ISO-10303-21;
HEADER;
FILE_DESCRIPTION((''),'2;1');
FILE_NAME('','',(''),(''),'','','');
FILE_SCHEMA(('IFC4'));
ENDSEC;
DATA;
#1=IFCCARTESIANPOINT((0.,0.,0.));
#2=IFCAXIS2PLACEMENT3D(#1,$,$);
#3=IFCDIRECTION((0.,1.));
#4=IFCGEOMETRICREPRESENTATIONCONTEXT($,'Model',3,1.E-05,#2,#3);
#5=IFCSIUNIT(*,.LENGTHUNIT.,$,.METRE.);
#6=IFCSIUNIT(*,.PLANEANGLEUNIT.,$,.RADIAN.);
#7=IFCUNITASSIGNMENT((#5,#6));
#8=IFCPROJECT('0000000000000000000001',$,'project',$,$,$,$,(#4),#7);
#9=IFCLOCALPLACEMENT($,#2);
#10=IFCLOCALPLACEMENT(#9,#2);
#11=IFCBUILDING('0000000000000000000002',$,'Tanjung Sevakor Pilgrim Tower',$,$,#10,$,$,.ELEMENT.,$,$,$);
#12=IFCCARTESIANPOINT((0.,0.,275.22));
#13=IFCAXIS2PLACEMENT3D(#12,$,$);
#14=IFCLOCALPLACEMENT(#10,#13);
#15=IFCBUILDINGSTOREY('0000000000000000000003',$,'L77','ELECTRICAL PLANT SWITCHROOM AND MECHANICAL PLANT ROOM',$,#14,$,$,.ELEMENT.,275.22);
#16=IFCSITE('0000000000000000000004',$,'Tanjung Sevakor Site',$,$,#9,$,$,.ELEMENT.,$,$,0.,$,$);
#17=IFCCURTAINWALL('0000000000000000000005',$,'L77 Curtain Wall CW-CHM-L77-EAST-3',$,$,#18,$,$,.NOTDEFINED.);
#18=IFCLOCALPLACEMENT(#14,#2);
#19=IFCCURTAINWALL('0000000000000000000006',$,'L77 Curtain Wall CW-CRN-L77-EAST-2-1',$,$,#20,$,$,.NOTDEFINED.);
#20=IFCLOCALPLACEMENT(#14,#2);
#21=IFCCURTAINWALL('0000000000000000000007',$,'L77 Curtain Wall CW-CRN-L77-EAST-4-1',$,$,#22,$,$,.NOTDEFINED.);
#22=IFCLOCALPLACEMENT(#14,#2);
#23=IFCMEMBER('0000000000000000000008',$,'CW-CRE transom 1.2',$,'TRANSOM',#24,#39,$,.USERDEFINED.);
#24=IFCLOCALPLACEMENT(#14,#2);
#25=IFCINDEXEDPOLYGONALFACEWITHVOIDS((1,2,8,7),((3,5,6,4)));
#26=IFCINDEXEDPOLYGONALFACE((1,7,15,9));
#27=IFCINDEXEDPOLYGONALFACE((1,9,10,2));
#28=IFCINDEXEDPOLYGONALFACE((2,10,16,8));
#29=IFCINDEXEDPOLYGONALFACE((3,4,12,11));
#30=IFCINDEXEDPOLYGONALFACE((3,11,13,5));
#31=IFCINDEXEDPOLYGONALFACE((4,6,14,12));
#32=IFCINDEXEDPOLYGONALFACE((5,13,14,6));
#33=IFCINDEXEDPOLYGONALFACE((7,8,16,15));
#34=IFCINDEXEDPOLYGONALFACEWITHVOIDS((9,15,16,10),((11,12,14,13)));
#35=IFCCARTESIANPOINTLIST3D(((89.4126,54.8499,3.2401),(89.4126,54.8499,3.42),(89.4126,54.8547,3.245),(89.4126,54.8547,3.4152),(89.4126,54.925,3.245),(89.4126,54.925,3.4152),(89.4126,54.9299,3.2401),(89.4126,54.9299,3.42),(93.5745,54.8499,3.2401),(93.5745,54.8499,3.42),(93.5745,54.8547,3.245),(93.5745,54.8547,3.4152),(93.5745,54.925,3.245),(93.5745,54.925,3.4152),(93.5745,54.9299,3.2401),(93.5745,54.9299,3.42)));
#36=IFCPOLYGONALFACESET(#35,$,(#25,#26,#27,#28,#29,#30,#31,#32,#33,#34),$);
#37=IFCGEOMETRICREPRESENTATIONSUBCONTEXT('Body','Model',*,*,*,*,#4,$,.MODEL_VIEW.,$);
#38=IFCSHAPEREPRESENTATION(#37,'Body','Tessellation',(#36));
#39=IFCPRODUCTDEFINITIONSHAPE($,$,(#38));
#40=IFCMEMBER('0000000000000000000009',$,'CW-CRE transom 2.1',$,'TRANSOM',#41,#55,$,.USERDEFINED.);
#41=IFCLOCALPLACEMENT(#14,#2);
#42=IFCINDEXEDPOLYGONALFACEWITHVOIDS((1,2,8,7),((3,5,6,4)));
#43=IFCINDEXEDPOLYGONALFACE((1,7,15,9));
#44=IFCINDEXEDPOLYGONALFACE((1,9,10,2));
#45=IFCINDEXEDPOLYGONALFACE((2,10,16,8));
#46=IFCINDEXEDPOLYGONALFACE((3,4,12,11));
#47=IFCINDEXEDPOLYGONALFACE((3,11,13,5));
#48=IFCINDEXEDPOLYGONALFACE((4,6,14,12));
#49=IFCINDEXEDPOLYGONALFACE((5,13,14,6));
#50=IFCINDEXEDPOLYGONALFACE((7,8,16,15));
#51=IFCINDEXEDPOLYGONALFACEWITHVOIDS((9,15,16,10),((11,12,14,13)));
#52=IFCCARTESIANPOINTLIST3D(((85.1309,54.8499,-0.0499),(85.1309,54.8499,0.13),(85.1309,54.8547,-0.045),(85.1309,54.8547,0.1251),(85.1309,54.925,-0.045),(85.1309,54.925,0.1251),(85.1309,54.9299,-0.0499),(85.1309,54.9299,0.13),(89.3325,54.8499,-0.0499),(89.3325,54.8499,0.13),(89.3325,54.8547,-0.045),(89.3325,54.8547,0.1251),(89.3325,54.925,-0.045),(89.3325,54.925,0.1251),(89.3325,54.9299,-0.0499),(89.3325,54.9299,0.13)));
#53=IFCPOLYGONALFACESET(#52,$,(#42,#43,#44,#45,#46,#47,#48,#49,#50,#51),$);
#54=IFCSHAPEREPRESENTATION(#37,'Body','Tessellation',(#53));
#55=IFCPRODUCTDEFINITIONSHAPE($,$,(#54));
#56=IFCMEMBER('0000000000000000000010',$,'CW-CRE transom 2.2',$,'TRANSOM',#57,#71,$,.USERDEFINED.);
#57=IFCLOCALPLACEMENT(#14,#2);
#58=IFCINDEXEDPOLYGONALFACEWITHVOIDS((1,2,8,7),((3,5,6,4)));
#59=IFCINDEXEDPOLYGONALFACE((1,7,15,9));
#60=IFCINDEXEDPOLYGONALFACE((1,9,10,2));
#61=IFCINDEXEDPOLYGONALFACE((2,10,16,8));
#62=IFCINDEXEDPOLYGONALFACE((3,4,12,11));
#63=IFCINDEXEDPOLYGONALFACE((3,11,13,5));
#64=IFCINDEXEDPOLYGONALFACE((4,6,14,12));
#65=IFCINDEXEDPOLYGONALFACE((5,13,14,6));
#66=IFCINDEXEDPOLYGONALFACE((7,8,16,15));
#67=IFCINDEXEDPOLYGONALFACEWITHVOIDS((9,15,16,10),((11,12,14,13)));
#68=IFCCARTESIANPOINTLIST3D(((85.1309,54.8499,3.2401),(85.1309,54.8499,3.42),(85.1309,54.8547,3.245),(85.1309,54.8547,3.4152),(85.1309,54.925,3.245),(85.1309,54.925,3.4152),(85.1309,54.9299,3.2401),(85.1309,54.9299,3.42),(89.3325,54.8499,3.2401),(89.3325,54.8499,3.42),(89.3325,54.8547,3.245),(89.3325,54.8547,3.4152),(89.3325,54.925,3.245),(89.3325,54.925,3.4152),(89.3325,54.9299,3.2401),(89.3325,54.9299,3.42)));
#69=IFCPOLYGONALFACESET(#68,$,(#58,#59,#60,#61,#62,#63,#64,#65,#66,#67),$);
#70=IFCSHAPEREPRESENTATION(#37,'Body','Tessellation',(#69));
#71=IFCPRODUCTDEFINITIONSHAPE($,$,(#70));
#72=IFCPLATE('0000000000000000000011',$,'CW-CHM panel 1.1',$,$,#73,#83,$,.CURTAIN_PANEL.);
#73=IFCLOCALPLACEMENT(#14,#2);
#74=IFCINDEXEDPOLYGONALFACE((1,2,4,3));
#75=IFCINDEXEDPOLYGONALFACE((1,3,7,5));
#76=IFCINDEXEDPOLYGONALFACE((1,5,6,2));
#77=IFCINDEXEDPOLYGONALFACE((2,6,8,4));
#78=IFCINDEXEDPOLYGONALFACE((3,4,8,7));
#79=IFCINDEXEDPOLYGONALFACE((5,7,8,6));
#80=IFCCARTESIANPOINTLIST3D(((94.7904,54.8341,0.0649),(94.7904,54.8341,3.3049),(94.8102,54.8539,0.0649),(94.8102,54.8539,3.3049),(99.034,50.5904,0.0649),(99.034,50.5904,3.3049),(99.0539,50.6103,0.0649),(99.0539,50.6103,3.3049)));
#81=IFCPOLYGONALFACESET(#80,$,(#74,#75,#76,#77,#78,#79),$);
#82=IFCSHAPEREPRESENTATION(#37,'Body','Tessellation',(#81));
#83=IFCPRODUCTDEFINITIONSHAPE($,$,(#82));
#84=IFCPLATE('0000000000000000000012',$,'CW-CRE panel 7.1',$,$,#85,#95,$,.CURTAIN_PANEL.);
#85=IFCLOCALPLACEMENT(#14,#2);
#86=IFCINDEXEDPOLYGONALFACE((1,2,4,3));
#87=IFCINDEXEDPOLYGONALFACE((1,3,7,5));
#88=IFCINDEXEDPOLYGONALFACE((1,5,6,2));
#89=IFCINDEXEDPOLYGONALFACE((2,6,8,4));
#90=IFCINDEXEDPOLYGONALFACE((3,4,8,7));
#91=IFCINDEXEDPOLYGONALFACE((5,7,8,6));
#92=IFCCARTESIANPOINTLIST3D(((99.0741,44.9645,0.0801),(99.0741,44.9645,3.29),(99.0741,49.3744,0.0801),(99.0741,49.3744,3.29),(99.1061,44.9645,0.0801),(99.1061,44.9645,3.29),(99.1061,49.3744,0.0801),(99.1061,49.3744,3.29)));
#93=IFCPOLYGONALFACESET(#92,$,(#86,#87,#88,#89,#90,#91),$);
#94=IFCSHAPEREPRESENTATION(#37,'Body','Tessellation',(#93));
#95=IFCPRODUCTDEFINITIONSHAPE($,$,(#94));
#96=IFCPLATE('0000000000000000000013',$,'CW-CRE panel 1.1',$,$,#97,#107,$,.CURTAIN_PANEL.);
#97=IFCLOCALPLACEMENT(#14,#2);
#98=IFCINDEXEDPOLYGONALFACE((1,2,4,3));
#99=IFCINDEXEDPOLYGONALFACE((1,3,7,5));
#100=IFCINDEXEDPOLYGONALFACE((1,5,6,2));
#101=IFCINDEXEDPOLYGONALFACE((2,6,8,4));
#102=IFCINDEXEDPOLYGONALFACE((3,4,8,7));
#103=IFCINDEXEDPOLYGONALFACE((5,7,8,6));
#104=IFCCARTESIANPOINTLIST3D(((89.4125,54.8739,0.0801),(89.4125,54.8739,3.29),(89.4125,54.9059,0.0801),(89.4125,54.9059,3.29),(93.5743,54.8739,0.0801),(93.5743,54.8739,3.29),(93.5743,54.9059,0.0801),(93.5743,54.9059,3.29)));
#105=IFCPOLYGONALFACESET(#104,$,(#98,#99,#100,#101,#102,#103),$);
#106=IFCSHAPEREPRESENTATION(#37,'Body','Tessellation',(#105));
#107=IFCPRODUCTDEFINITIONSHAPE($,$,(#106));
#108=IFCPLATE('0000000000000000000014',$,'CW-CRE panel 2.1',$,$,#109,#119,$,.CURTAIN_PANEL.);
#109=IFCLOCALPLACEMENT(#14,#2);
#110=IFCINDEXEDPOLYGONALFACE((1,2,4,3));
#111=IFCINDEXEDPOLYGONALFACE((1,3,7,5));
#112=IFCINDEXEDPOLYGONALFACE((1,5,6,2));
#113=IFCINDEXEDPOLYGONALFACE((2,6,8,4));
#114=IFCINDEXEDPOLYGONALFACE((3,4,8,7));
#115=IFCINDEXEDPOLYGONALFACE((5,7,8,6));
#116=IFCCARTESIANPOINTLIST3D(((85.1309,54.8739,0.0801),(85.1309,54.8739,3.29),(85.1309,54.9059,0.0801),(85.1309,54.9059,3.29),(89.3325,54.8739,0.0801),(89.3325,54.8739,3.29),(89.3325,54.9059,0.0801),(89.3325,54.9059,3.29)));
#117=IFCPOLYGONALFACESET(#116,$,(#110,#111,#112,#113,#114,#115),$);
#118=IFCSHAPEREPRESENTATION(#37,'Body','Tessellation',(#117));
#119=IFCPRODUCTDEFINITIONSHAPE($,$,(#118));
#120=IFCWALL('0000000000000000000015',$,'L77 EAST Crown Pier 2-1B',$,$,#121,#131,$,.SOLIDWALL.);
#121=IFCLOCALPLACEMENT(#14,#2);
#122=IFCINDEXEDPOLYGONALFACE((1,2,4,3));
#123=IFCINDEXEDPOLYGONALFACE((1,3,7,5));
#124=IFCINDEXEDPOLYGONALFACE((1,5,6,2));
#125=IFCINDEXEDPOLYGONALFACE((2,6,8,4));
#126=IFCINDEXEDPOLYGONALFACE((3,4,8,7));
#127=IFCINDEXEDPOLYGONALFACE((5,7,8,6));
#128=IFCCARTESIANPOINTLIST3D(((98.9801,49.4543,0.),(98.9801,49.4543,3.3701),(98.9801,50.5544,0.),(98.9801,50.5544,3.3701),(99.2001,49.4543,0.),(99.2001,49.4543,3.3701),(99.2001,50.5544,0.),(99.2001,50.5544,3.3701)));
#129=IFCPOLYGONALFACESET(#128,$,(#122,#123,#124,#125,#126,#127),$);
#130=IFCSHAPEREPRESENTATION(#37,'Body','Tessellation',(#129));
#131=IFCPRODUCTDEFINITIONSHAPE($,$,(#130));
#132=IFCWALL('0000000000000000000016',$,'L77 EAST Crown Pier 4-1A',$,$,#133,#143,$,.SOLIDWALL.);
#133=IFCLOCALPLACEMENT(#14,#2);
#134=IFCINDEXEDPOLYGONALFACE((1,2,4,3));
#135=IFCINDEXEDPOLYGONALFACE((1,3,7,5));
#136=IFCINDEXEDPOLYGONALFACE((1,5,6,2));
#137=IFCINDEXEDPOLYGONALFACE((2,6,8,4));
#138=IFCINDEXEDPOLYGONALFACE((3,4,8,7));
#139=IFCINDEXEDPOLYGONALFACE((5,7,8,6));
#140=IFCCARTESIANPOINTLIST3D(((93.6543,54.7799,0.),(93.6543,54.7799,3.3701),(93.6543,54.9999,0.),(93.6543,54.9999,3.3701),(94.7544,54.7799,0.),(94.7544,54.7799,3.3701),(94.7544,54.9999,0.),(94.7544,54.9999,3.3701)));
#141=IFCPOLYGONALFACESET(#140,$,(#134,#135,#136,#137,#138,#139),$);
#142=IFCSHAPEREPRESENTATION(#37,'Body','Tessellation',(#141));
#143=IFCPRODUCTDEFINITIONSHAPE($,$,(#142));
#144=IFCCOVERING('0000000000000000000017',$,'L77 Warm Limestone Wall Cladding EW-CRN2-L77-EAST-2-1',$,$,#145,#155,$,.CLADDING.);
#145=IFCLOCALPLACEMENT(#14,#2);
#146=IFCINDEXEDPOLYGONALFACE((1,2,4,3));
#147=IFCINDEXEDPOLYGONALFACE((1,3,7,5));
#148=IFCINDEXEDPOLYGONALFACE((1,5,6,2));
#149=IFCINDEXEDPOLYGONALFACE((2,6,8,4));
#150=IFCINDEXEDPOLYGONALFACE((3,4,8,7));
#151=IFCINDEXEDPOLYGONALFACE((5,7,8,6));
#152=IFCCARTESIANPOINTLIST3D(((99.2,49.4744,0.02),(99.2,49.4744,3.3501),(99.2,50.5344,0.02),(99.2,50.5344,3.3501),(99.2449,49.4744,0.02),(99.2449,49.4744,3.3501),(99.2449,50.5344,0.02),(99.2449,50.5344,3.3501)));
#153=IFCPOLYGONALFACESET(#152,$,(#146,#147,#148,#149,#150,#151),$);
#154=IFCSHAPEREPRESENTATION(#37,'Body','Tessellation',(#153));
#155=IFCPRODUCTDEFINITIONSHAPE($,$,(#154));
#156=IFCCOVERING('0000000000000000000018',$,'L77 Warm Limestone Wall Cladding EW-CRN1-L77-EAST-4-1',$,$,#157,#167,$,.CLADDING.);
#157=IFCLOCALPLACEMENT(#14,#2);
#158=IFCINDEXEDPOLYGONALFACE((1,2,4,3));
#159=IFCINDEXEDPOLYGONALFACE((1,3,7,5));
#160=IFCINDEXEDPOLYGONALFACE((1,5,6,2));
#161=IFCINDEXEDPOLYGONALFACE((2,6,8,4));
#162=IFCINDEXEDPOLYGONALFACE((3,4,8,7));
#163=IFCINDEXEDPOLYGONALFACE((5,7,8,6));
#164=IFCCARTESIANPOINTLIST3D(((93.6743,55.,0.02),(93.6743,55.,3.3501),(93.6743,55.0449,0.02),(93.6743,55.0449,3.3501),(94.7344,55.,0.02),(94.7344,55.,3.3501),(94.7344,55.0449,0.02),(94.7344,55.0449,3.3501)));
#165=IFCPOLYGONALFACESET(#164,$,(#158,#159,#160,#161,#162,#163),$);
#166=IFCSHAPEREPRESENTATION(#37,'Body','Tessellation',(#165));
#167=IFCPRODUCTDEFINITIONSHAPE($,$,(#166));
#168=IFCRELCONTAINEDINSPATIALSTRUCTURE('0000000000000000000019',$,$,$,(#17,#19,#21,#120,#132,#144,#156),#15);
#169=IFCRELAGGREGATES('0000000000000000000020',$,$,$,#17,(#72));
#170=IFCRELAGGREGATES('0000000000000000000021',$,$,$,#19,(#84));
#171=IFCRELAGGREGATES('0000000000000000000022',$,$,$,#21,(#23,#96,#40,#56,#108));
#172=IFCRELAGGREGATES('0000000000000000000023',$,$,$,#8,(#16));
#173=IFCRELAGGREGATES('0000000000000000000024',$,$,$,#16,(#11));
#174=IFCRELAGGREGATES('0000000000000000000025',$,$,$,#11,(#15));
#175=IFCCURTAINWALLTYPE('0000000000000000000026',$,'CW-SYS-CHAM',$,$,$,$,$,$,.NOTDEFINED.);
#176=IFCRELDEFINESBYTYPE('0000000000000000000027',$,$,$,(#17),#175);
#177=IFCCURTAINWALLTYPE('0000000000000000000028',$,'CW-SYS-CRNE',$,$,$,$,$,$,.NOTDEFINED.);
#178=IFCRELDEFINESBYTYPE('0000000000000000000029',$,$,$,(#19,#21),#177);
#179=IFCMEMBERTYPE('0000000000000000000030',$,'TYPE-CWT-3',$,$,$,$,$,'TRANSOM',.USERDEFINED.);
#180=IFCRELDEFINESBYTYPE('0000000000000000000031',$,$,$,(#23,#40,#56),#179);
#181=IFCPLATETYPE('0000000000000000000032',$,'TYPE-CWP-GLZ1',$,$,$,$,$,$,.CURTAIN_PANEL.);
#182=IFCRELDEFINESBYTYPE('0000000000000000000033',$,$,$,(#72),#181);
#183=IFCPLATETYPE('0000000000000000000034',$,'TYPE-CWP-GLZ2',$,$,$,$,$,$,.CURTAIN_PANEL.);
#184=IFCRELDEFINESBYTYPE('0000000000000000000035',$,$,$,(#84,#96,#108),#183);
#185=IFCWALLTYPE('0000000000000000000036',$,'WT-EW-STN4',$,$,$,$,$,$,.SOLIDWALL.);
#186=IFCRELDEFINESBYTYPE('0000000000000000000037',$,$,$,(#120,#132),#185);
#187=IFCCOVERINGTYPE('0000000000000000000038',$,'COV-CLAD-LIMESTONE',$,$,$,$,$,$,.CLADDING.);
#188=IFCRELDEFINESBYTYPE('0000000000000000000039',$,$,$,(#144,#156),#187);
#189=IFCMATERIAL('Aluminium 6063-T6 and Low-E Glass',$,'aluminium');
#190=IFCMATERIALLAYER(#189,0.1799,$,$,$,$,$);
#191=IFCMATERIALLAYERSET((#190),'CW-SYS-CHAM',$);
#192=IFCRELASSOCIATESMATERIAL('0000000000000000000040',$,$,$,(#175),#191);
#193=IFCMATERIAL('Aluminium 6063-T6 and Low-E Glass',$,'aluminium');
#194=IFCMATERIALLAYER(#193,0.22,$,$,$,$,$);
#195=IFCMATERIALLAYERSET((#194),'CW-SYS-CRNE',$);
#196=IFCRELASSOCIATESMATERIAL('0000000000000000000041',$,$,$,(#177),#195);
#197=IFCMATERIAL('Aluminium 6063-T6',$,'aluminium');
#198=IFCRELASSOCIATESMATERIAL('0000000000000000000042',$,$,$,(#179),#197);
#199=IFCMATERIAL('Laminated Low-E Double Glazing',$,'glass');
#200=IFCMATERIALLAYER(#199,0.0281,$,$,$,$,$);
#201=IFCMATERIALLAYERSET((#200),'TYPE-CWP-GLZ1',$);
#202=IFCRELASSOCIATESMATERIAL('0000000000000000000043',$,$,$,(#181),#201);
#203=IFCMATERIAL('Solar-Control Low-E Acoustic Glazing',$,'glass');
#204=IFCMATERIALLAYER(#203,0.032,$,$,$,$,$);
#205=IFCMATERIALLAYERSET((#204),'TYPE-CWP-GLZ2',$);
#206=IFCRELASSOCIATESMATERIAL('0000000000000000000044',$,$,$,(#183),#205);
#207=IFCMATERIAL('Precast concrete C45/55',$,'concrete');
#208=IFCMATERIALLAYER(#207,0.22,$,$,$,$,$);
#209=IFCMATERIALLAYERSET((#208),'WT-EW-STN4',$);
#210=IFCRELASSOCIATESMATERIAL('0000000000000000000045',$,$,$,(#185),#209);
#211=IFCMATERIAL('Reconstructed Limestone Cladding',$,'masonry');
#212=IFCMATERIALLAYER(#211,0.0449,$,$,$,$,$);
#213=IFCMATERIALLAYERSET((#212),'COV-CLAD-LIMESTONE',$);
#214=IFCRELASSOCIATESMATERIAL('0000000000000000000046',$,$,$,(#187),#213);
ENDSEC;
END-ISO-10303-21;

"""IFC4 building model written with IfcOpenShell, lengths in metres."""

from ifc_helpers import new_model, si_unit, direction, frame, frame_2d, origin, origin_2d, place, context, subcontext, project, spatial, rectangle, hollow_rectangle, extrude, material, layer, layer_set, material_profile, profile_set, type_object, element, aggregate, save


model = new_model("IFC4")

# Units and contexts
model_context = context("Model", 3, precision=1e-05, world=origin(), true_north=direction((0.0, 1.0)))
body_context = subcontext(model_context, "Body", "Model", "MODEL_VIEW")
ifc_project = project(units=[si_unit("LENGTHUNIT", "METRE"), si_unit("PLANEANGLEUNIT", "RADIAN")], contexts=[model_context])

# Site, building, storey
site_placement = place(None, origin())
site = spatial("IfcSite", under=ifc_project, at=site_placement, Name="Tanjung Sevakor Site", CompositionType="ELEMENT", RefElevation=0.0)
building_placement = place(site_placement, origin())
building = spatial("IfcBuilding", under=site, at=building_placement, Name="Tanjung Sevakor Pilgrim Tower", CompositionType="ELEMENT")
storey_placement = place(building_placement, frame((0.0, 0.0, 275.22)))
storey = spatial("IfcBuildingStorey", under=building, at=storey_placement, Name="L77", Description="ELECTRICAL PLANT SWITCHROOM AND MECHANICAL PLANT ROOM", CompositionType="ELEMENT", Elevation=275.22)

# Curtain wall
ifc_material_1 = material(Name="Aluminium 6063-T6 and Low-E Glass", Category="aluminium")
ifc_layer_1 = layer(ifc_material_1, 0.1799)
ifc_layer_set_1 = layer_set([ifc_layer_1], Name="CW-SYS-CHAM")
curtain_wall_type_1 = type_object("IfcCurtainWallType", Name="CW-SYS-CHAM", PredefinedType="NOTDEFINED", material=ifc_layer_set_1)
curtain_wall_1_placement = place(storey_placement, origin())
curtain_wall_1 = element("IfcCurtainWall", 1, at=curtain_wall_1_placement, inside=storey, type_object=curtain_wall_type_1, Name="L77 Curtain Wall CW-CHM-L77-EAST-3", PredefinedType="NOTDEFINED")

# Curtain wall
ifc_material_2 = material(Name="Aluminium 6063-T6 and Low-E Glass", Category="aluminium")
ifc_layer_2 = layer(ifc_material_2, 0.22)
ifc_layer_set_2 = layer_set([ifc_layer_2], Name="CW-SYS-CRNE")
curtain_wall_type_2 = type_object("IfcCurtainWallType", Name="CW-SYS-CRNE", PredefinedType="NOTDEFINED", material=ifc_layer_set_2)
curtain_wall_2_placement = place(storey_placement, origin())
curtain_wall_2 = element("IfcCurtainWall", 2, at=curtain_wall_2_placement, inside=storey, type_object=curtain_wall_type_2, Name="L77 Curtain Wall CW-CRN-L77-EAST-2-1", PredefinedType="NOTDEFINED")

# Curtain wall
curtain_wall_3_placement = place(storey_placement, origin())
curtain_wall_3 = element("IfcCurtainWall", 3, at=curtain_wall_3_placement, inside=storey, type_object=curtain_wall_type_2, Name="L77 Curtain Wall CW-CRN-L77-EAST-4-1", PredefinedType="NOTDEFINED")

# Members
ifc_material_3 = material(Name="Aluminium 6063-T6", Category="aluminium")
ifc_material_profile_1 = material_profile(ifc_material_3, hollow_rectangle(XDim=0.0801, YDim=0.1799, WallThickness=0.0049, at=origin_2d()))
ifc_profile_set_1 = profile_set([ifc_material_profile_1], Name="Aluminium 6063-T6")
member_type_1 = type_object("IfcMemberType", Name="TYPE-CWT-3", ElementType="TRANSOM", PredefinedType="USERDEFINED", material=ifc_profile_set_1)
member_1_placement = place(storey_placement, frame((93.5745, 54.8899, 3.3301), z_axis=(-1.0, 0.0, 0.0), x_axis=(0.0, -1.0, 0.0)))
member_1 = element("IfcMember", 4, at=member_1_placement, type_object=member_type_1, Name="CW-CRE transom 1.2", ObjectType="TRANSOM", PredefinedType="USERDEFINED", context=body_context, shape_type="SweptSolid", body=[
    extrude(hollow_rectangle(XDim=0.0801, YDim=0.1799, WallThickness=0.0049, at=origin_2d()), origin(), (0.0, 0.0, 1.0), 4.1619),
])
member_2_placement = place(storey_placement, frame((89.3325, 54.8899, 0.04), z_axis=(-1.0, 0.0, 0.0), x_axis=(0.0, -1.0, 0.0)))
member_2 = element("IfcMember", 5, at=member_2_placement, type_object=member_type_1, Name="CW-CRE transom 2.1", ObjectType="TRANSOM", PredefinedType="USERDEFINED", context=body_context, shape_type="SweptSolid", body=[
    extrude(hollow_rectangle(XDim=0.0801, YDim=0.1799, WallThickness=0.0049, at=origin_2d()), origin(), (0.0, 0.0, 1.0), 4.2017),
])
member_3_placement = place(storey_placement, frame((89.3325, 54.8899, 3.3301), z_axis=(-1.0, 0.0, 0.0), x_axis=(0.0, -1.0, 0.0)))
member_3 = element("IfcMember", 6, at=member_3_placement, type_object=member_type_1, Name="CW-CRE transom 2.2", ObjectType="TRANSOM", PredefinedType="USERDEFINED", context=body_context, shape_type="SweptSolid", body=[
    extrude(hollow_rectangle(XDim=0.0801, YDim=0.1799, WallThickness=0.0049, at=origin_2d()), origin(), (0.0, 0.0, 1.0), 4.2017),
])

# Plates
ifc_material_4 = material(Name="Laminated Low-E Double Glazing", Category="glass")
ifc_layer_3 = layer(ifc_material_4, 0.0281)
ifc_layer_set_3 = layer_set([ifc_layer_3], Name="TYPE-CWP-GLZ1")
plate_type_1 = type_object("IfcPlateType", Name="TYPE-CWP-GLZ1", PredefinedType="CURTAIN_PANEL", material=ifc_layer_set_3)
plate_1_placement = place(storey_placement, frame((96.9221, 52.7222, 0.0649), z_axis=(0.0, 0.0, 1.0), x_axis=(-0.707107, 0.707107, 0.0)))
plate_1 = element("IfcPlate", 7, at=plate_1_placement, type_object=plate_type_1, Name="CW-CHM panel 1.1", PredefinedType="CURTAIN_PANEL", context=body_context, shape_type="SweptSolid", body=[
    extrude(rectangle(XDim=6.0015, YDim=0.0281, at=origin_2d()), origin(), (0.0, 0.0, 1.0), 3.24),
])
aggregate(curtain_wall_1, [plate_1])
ifc_material_5 = material(Name="Solar-Control Low-E Acoustic Glazing", Category="glass")
ifc_layer_4 = layer(ifc_material_5, 0.032)
ifc_layer_set_4 = layer_set([ifc_layer_4], Name="TYPE-CWP-GLZ2")
plate_type_2 = type_object("IfcPlateType", Name="TYPE-CWP-GLZ2", PredefinedType="CURTAIN_PANEL", material=ifc_layer_set_4)
plate_2_placement = place(storey_placement, frame((99.0901, 47.1694, 0.0801), z_axis=(0.0, 0.0, 1.0), x_axis=(0.0, 1.0, 0.0)))
plate_2 = element("IfcPlate", 8, at=plate_2_placement, type_object=plate_type_2, Name="CW-CRE panel 7.1", PredefinedType="CURTAIN_PANEL", context=body_context, shape_type="SweptSolid", body=[
    extrude(rectangle(XDim=4.4099, YDim=0.032, at=origin_2d()), origin(), (0.0, 0.0, 1.0), 3.21),
])
aggregate(curtain_wall_2, [plate_2])
plate_3_placement = place(storey_placement, frame((91.4934, 54.8899, 0.0801), z_axis=(0.0, 0.0, 1.0), x_axis=(-1.0, 0.0, 0.0)))
plate_3 = element("IfcPlate", 9, at=plate_3_placement, type_object=plate_type_2, Name="CW-CRE panel 1.1", PredefinedType="CURTAIN_PANEL", context=body_context, shape_type="SweptSolid", body=[
    extrude(rectangle(XDim=4.1619, YDim=0.032, at=origin_2d()), origin(), (0.0, 0.0, 1.0), 3.21),
])
plate_4_placement = place(storey_placement, frame((87.2317, 54.8899, 0.0801), z_axis=(0.0, 0.0, 1.0), x_axis=(-1.0, 0.0, 0.0)))
plate_4 = element("IfcPlate", 10, at=plate_4_placement, type_object=plate_type_2, Name="CW-CRE panel 2.1", PredefinedType="CURTAIN_PANEL", context=body_context, shape_type="SweptSolid", body=[
    extrude(rectangle(XDim=4.2017, YDim=0.032, at=origin_2d()), origin(), (0.0, 0.0, 1.0), 3.21),
])
aggregate(curtain_wall_3, [member_1, plate_3, member_2, member_3, plate_4])

# Walls
ifc_material_6 = material(Name="Precast concrete C45/55", Category="concrete")
ifc_layer_5 = layer(ifc_material_6, 0.22)
ifc_layer_set_5 = layer_set([ifc_layer_5], Name="WT-EW-STN4")
wall_type = type_object("IfcWallType", Name="WT-EW-STN4", PredefinedType="SOLIDWALL", material=ifc_layer_set_5)
for number, where, z_axis, x_axis, name in (
    (11, (99.0901, 49.4543, 0.0), (0.0, 0.0, 1.0), (0.0, 1.0, 0.0), "L77 EAST Crown Pier 2-1B"),
    (12, (94.7544, 54.8899, 0.0), (0.0, 0.0, 1.0), (-1.0, 0.0, 0.0), "L77 EAST Crown Pier 4-1A"),
):
    element("IfcWall", number, at=place(storey_placement, frame(where, z_axis=z_axis, x_axis=x_axis)), inside=storey, type_object=wall_type, Name=name, PredefinedType="SOLIDWALL", context=body_context, shape_type="SweptSolid", body=[
        extrude(rectangle(XDim=1.1001, YDim=0.22, at=frame_2d((0.55, 0.0))), origin(), (0.0, 0.0, 1.0), 3.3701),
    ])

# Coverings
ifc_material_7 = material(Name="Reconstructed Limestone Cladding", Category="masonry")
ifc_layer_6 = layer(ifc_material_7, 0.0449)
ifc_layer_set_6 = layer_set([ifc_layer_6], Name="COV-CLAD-LIMESTONE")
covering_type = type_object("IfcCoveringType", Name="COV-CLAD-LIMESTONE", PredefinedType="CLADDING", material=ifc_layer_set_6)
for number, where, z_axis, x_axis, name in (
    (13, (99.2224, 50.0044, 0.02), (0.0, 0.0, 1.0), (0.0, 1.0, 0.0), "L77 Warm Limestone Wall Cladding EW-CRN2-L77-EAST-2-1"),
    (14, (94.2043, 55.0225, 0.02), (0.0, 0.0, 1.0), (-1.0, 0.0, 0.0), "L77 Warm Limestone Wall Cladding EW-CRN1-L77-EAST-4-1"),
):
    element("IfcCovering", number, at=place(storey_placement, frame(where, z_axis=z_axis, x_axis=x_axis)), inside=storey, type_object=covering_type, Name=name, PredefinedType="CLADDING", context=body_context, shape_type="SweptSolid", body=[
        extrude(rectangle(XDim=1.0601, YDim=0.0449, at=origin_2d()), origin(), (0.0, 0.0, 1.0), 3.3301),
    ])

save(model, "model.ifc")
